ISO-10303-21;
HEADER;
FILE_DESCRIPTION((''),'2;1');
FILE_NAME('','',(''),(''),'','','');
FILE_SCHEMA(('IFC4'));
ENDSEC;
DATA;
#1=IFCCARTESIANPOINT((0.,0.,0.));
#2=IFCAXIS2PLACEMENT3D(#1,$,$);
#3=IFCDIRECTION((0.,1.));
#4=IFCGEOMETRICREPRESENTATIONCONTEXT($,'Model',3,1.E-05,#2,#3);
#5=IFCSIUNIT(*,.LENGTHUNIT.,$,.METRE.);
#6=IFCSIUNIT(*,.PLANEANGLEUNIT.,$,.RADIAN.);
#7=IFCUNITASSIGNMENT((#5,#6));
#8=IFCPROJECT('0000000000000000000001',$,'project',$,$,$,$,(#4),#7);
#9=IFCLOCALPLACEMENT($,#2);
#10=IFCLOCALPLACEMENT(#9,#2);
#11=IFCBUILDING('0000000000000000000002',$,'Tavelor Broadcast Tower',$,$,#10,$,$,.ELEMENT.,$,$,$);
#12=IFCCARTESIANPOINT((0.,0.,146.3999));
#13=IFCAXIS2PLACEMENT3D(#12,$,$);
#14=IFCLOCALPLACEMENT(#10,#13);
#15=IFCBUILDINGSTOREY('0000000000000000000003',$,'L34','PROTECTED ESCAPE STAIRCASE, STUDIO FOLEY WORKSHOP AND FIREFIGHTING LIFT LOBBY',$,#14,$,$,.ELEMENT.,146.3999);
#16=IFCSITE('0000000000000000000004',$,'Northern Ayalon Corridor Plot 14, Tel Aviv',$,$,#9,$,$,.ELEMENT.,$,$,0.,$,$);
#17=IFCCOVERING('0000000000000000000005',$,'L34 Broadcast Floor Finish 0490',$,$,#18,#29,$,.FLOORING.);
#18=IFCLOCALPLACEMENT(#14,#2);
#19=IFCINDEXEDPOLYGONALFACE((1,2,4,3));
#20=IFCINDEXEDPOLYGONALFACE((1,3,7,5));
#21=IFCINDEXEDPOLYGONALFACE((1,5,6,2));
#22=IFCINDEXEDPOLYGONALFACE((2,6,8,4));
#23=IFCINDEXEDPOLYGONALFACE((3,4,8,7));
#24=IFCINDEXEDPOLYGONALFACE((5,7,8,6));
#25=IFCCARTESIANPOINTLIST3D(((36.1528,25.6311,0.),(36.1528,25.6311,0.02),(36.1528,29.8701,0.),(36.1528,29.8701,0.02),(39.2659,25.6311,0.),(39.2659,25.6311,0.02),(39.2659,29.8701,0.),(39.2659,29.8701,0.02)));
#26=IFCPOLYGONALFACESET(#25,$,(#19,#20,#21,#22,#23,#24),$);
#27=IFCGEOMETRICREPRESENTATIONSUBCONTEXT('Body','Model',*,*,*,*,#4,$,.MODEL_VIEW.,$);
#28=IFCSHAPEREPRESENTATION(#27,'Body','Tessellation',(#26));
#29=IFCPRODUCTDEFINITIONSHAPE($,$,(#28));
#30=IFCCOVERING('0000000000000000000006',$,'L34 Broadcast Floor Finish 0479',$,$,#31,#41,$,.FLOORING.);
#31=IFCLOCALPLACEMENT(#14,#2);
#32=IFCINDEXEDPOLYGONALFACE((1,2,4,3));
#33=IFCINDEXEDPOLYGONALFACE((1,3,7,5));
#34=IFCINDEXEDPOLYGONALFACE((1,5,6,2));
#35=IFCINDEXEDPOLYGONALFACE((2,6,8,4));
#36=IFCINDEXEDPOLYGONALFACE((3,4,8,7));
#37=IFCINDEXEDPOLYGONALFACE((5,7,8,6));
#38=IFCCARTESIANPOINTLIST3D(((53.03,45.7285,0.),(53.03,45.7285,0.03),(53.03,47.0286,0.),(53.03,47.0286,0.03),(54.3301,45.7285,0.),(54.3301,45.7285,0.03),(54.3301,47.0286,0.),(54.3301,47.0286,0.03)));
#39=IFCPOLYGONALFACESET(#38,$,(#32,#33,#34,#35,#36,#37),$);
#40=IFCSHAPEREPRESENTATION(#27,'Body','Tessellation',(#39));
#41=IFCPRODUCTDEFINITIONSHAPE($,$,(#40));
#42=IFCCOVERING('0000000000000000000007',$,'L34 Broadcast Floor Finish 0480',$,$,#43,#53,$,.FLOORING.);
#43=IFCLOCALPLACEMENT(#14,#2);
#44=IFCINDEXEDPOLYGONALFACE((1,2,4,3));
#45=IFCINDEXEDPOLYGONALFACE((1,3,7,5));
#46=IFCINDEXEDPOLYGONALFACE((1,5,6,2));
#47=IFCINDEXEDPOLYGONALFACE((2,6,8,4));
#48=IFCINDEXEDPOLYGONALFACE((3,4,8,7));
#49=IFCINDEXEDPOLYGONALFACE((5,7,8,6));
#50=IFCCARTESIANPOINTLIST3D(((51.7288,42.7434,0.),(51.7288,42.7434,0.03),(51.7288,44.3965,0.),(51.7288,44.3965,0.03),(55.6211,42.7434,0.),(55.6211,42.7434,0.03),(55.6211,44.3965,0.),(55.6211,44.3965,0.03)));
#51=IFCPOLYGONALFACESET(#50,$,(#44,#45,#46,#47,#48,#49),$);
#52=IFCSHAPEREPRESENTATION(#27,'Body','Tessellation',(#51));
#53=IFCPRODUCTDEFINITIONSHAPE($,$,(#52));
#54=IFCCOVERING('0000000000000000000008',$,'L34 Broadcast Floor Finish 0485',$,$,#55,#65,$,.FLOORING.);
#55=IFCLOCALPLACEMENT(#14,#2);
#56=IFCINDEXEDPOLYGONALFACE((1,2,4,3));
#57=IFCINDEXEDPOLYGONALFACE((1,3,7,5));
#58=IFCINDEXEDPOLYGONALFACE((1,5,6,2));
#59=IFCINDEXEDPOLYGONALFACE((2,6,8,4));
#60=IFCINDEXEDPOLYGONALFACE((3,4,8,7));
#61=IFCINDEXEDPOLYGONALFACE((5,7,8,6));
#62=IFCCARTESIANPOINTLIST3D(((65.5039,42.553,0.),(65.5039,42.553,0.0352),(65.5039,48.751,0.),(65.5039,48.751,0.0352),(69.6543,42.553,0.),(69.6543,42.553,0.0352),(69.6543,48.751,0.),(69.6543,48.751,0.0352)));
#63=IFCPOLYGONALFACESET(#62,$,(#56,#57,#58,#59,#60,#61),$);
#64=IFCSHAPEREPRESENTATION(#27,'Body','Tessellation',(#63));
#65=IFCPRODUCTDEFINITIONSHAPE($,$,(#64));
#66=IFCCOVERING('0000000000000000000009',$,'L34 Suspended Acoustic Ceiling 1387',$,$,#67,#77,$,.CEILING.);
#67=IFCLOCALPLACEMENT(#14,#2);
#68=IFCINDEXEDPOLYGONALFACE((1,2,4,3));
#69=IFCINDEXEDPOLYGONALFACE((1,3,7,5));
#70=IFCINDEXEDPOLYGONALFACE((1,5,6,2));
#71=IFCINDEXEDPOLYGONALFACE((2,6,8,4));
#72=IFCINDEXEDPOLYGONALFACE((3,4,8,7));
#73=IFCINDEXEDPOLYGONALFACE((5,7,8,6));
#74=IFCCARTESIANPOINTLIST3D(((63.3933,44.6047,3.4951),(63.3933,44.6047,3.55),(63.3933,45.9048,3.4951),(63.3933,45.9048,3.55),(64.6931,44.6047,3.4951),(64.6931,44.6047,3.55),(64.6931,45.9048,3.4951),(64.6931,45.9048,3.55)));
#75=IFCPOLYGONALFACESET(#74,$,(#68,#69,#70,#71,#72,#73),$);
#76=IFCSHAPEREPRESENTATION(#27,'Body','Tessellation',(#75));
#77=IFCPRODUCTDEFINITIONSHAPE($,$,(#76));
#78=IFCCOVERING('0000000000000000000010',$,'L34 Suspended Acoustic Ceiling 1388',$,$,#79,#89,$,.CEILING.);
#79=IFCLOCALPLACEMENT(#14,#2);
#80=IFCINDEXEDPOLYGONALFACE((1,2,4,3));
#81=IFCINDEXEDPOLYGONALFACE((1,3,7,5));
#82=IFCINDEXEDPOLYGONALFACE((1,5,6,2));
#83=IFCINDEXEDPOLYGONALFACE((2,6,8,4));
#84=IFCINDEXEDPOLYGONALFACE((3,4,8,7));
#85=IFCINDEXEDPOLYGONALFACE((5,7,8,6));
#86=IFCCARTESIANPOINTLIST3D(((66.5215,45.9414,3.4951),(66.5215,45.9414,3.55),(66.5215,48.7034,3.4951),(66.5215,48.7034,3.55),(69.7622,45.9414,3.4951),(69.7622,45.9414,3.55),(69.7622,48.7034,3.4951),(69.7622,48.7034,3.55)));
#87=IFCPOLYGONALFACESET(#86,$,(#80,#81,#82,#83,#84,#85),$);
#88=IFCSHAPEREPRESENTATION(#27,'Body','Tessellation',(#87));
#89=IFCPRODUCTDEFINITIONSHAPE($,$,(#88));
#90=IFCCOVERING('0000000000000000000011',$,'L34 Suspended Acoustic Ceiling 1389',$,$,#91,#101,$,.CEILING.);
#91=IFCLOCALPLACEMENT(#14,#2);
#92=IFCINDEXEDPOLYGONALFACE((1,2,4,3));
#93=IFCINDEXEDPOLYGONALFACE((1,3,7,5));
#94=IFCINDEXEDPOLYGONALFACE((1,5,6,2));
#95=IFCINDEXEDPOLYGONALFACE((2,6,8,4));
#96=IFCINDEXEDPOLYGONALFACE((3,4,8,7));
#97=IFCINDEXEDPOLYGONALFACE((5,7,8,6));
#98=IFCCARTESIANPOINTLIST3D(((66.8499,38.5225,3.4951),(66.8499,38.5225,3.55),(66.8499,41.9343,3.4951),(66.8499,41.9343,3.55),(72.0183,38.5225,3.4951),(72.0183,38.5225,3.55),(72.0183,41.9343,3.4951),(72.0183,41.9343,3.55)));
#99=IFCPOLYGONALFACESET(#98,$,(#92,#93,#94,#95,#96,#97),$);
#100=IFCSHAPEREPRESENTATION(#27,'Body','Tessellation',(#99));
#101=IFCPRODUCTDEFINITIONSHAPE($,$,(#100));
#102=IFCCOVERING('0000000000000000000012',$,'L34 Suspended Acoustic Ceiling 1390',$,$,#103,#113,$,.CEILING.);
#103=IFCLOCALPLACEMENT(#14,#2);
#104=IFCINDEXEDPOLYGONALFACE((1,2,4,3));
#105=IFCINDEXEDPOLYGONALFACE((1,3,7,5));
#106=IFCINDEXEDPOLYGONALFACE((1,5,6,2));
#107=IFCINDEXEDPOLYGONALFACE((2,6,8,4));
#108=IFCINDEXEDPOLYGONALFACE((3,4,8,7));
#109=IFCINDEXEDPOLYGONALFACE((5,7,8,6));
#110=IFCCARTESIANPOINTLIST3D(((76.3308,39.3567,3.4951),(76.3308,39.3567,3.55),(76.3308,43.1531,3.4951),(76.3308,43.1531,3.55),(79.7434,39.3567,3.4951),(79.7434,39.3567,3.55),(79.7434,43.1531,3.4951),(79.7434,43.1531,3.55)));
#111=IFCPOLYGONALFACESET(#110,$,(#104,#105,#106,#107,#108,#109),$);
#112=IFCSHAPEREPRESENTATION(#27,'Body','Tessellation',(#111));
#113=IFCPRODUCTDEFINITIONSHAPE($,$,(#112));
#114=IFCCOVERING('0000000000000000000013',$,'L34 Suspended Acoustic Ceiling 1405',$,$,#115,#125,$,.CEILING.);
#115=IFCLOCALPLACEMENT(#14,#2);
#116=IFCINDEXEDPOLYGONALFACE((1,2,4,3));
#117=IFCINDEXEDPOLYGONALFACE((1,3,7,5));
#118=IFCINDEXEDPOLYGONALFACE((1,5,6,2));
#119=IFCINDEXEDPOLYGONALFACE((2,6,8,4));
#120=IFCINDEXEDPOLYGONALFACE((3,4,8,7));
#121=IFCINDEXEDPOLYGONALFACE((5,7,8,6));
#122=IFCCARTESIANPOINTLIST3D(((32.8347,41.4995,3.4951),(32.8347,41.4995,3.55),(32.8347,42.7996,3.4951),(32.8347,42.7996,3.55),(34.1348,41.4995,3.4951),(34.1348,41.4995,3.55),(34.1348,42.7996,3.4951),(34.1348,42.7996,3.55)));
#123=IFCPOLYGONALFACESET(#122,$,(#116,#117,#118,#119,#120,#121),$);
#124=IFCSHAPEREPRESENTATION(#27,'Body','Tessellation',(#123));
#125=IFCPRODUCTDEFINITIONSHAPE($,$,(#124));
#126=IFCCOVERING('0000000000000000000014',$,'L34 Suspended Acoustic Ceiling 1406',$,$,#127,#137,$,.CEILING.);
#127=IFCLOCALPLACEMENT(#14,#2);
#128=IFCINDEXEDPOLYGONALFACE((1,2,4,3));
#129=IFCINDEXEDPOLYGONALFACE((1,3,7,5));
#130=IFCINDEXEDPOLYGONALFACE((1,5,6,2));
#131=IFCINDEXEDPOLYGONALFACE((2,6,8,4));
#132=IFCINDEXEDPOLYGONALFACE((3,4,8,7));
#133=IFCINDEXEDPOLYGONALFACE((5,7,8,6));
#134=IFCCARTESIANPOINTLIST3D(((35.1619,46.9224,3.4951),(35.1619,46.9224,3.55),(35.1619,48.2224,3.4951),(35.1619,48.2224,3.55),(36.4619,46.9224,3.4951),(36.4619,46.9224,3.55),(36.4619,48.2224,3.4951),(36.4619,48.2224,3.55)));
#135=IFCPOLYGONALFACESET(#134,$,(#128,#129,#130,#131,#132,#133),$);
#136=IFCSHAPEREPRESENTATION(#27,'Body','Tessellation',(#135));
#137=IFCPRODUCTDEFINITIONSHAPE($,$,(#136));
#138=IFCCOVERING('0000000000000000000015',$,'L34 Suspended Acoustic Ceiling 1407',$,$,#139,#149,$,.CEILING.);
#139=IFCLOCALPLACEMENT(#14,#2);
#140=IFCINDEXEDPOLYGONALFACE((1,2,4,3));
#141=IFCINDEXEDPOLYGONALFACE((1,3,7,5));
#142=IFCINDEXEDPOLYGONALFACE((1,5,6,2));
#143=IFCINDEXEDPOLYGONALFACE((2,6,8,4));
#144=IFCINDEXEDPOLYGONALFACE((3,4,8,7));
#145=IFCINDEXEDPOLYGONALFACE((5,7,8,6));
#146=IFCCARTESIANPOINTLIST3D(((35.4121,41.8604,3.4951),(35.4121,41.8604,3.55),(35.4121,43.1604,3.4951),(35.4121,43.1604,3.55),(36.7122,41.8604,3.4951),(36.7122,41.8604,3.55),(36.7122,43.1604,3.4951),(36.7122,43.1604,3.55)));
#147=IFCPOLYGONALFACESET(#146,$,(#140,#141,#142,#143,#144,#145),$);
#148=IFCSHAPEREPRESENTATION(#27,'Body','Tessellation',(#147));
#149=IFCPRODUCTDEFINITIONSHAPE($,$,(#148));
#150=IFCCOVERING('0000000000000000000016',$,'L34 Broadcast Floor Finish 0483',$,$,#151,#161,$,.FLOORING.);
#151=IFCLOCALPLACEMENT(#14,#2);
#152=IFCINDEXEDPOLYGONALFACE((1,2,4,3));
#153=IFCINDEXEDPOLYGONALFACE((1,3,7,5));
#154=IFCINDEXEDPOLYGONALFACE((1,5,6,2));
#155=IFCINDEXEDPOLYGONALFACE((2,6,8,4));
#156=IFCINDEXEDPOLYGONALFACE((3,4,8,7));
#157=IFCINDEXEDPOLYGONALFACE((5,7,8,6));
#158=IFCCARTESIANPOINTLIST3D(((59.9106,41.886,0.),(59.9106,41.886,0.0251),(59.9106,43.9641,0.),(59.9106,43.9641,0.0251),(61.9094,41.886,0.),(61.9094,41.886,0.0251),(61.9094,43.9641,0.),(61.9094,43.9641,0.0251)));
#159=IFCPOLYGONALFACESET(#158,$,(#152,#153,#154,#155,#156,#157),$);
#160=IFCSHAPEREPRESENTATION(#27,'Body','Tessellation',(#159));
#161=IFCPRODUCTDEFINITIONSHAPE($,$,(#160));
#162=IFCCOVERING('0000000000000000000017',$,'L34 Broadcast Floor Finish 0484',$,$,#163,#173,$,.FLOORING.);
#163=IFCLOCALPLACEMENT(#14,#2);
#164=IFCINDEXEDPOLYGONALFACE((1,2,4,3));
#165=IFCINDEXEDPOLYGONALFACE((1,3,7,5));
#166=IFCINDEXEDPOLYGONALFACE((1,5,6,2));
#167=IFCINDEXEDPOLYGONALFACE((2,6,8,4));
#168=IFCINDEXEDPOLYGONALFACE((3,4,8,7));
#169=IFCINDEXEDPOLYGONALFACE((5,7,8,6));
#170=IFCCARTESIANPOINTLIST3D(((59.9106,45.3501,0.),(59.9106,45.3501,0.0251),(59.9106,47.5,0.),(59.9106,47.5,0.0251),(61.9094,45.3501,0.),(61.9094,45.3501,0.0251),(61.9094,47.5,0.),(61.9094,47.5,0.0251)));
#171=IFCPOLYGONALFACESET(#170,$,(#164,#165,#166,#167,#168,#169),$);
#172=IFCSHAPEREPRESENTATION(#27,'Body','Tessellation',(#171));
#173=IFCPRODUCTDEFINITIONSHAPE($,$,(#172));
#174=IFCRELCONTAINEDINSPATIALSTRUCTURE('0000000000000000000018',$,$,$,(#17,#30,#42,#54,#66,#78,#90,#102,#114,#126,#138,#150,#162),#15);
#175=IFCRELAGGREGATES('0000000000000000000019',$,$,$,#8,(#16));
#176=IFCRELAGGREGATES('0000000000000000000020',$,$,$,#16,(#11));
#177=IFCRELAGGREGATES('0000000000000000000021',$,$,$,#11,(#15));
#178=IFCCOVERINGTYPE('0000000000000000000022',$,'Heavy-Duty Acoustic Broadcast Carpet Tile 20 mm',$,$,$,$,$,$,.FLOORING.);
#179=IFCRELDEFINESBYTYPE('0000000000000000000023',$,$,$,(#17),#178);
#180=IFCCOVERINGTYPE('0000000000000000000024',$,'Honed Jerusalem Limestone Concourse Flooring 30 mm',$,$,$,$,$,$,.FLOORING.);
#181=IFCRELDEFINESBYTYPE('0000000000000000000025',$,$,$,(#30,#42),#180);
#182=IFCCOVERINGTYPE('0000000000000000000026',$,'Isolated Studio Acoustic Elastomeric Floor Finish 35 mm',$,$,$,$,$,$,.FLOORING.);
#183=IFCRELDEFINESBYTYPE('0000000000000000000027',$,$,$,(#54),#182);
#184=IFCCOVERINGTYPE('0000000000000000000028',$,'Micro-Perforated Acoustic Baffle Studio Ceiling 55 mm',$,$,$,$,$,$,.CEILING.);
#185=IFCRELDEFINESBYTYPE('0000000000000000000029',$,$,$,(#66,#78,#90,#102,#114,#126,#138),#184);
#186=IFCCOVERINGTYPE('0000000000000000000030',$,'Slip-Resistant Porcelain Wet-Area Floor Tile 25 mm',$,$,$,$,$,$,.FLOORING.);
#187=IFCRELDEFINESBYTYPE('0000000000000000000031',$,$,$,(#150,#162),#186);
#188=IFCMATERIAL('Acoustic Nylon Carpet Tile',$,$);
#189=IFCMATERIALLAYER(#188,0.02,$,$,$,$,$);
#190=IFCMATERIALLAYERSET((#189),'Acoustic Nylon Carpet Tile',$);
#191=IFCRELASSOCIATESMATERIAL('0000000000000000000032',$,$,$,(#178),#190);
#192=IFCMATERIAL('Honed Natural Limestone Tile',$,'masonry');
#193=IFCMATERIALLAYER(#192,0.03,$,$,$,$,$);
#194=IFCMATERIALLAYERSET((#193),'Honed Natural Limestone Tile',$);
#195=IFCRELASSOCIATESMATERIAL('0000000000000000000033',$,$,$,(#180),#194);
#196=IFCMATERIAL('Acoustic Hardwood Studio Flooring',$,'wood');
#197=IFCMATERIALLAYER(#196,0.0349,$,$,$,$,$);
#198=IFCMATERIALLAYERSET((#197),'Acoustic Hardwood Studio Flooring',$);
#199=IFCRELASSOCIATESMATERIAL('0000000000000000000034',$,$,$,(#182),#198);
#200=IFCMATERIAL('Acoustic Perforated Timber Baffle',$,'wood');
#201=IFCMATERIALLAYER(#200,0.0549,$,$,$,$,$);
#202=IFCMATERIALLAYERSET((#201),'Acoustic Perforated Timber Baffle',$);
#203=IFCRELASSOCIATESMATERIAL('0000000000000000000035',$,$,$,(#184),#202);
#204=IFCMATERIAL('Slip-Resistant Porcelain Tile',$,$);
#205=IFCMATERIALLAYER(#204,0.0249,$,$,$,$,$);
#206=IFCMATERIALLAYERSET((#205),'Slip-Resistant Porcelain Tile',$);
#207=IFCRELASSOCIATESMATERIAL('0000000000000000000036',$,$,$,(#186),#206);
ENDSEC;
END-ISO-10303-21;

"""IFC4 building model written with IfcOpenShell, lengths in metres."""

from ifc_helpers import new_model, si_unit, direction, frame, origin, place, context, subcontext, project, spatial, polyline, outline, extrude, material, layer, layer_set, type_object, element, save


model = new_model("IFC4")

# Units and contexts
model_context = context("Model", 3, precision=1e-05, world=origin(), true_north=direction((0.0, 1.0)))
body_context = subcontext(model_context, "Body", "Model", "MODEL_VIEW")
ifc_project = project(units=[si_unit("LENGTHUNIT", "METRE"), si_unit("PLANEANGLEUNIT", "RADIAN")], contexts=[model_context])

# Site, building, storey
site_placement = place(None, origin())
site = spatial("IfcSite", under=ifc_project, at=site_placement, Name="Northern Ayalon Corridor Plot 14, Tel Aviv", CompositionType="ELEMENT", RefElevation=0.0)
building_placement = place(site_placement, origin())
building = spatial("IfcBuilding", under=site, at=building_placement, Name="Tavelor Broadcast Tower", CompositionType="ELEMENT")
storey_placement = place(building_placement, frame((0.0, 0.0, 146.3999)))
storey = spatial("IfcBuildingStorey", under=building, at=storey_placement, Name="L34", Description="PROTECTED ESCAPE STAIRCASE, STUDIO FOLEY WORKSHOP AND FIREFIGHTING LIFT LOBBY", CompositionType="ELEMENT", Elevation=146.3999)

# Coverings
ifc_material_1 = material(Name="Acoustic Nylon Carpet Tile")
ifc_layer_1 = layer(ifc_material_1, 0.02)
ifc_layer_set_1 = layer_set([ifc_layer_1], Name="Acoustic Nylon Carpet Tile")
covering_type_1 = type_object("IfcCoveringType", Name="Heavy-Duty Acoustic Broadcast Carpet Tile 20 mm", PredefinedType="FLOORING", material=ifc_layer_set_1)
covering_1_placement = place(storey_placement, origin())
element("IfcCovering", 1, at=covering_1_placement, inside=storey, type_object=covering_type_1, Name="L34 Broadcast Floor Finish 0490", PredefinedType="FLOORING", context=body_context, shape_type="SweptSolid", body=[
    extrude(outline(polyline([(36.1528, 25.6311), (39.2659, 25.6311), (39.2659, 29.8701), (36.1528, 29.8701), (36.1528, 25.6311)])), origin(), (0.0, 0.0, 1.0), 0.02),
])
ifc_material_2 = material(Name="Honed Natural Limestone Tile", Category="masonry")
ifc_layer_2 = layer(ifc_material_2, 0.03)
ifc_layer_set_2 = layer_set([ifc_layer_2], Name="Honed Natural Limestone Tile")
covering_type_2 = type_object("IfcCoveringType", Name="Honed Jerusalem Limestone Concourse Flooring 30 mm", PredefinedType="FLOORING", material=ifc_layer_set_2)
covering_2_placement = place(storey_placement, origin())
element("IfcCovering", 2, at=covering_2_placement, inside=storey, type_object=covering_type_2, Name="L34 Broadcast Floor Finish 0479", PredefinedType="FLOORING", context=body_context, shape_type="SweptSolid", body=[
    extrude(outline(polyline([(53.03, 45.7285), (54.3301, 45.7285), (54.3301, 47.0286), (53.03, 47.0286), (53.03, 45.7285)])), origin(), (0.0, 0.0, 1.0), 0.03),
])
covering_3_placement = place(storey_placement, origin())
element("IfcCovering", 3, at=covering_3_placement, inside=storey, type_object=covering_type_2, Name="L34 Broadcast Floor Finish 0480", PredefinedType="FLOORING", context=body_context, shape_type="SweptSolid", body=[
    extrude(outline(polyline([(51.7288, 42.7434), (55.6211, 42.7434), (55.6211, 44.3965), (51.7288, 44.3965), (51.7288, 42.7434)])), origin(), (0.0, 0.0, 1.0), 0.03),
])
ifc_material_3 = material(Name="Acoustic Hardwood Studio Flooring", Category="wood")
ifc_layer_3 = layer(ifc_material_3, 0.0349)
ifc_layer_set_3 = layer_set([ifc_layer_3], Name="Acoustic Hardwood Studio Flooring")
covering_type_3 = type_object("IfcCoveringType", Name="Isolated Studio Acoustic Elastomeric Floor Finish 35 mm", PredefinedType="FLOORING", material=ifc_layer_set_3)
covering_4_placement = place(storey_placement, origin())
element("IfcCovering", 4, at=covering_4_placement, inside=storey, type_object=covering_type_3, Name="L34 Broadcast Floor Finish 0485", PredefinedType="FLOORING", context=body_context, shape_type="SweptSolid", body=[
    extrude(outline(polyline([(65.5039, 42.553), (69.6543, 42.553), (69.6543, 48.751), (65.5039, 48.751), (65.5039, 42.553)])), origin(), (0.0, 0.0, 1.0), 0.0352),
])
ifc_material_4 = material(Name="Acoustic Perforated Timber Baffle", Category="wood")
ifc_layer_4 = layer(ifc_material_4, 0.0549)
ifc_layer_set_4 = layer_set([ifc_layer_4], Name="Acoustic Perforated Timber Baffle")
covering_type_4 = type_object("IfcCoveringType", Name="Micro-Perforated Acoustic Baffle Studio Ceiling 55 mm", PredefinedType="CEILING", material=ifc_layer_set_4)
covering_5_placement = place(storey_placement, frame((0.0, 0.0, 3.4951)))
element("IfcCovering", 5, at=covering_5_placement, inside=storey, type_object=covering_type_4, Name="L34 Suspended Acoustic Ceiling 1387", PredefinedType="CEILING", context=body_context, shape_type="SweptSolid", body=[
    extrude(outline(polyline([(63.3933, 44.6047), (64.6931, 44.6047), (64.6931, 45.9048), (63.3933, 45.9048), (63.3933, 44.6047)])), origin(), (0.0, 0.0, 1.0), 0.0549),
])
covering_6_placement = place(storey_placement, frame((0.0, 0.0, 3.4951)))
element("IfcCovering", 6, at=covering_6_placement, inside=storey, type_object=covering_type_4, Name="L34 Suspended Acoustic Ceiling 1388", PredefinedType="CEILING", context=body_context, shape_type="SweptSolid", body=[
    extrude(outline(polyline([(66.5215, 45.9414), (69.7622, 45.9414), (69.7622, 48.7034), (66.5215, 48.7034), (66.5215, 45.9414)])), origin(), (0.0, 0.0, 1.0), 0.0549),
])
covering_7_placement = place(storey_placement, frame((0.0, 0.0, 3.4951)))
element("IfcCovering", 7, at=covering_7_placement, inside=storey, type_object=covering_type_4, Name="L34 Suspended Acoustic Ceiling 1389", PredefinedType="CEILING", context=body_context, shape_type="SweptSolid", body=[
    extrude(outline(polyline([(66.8499, 38.5225), (72.0183, 38.5225), (72.0183, 41.9343), (66.8499, 41.9343), (66.8499, 38.5225)])), origin(), (0.0, 0.0, 1.0), 0.0549),
])
covering_8_placement = place(storey_placement, frame((0.0, 0.0, 3.4951)))
element("IfcCovering", 8, at=covering_8_placement, inside=storey, type_object=covering_type_4, Name="L34 Suspended Acoustic Ceiling 1390", PredefinedType="CEILING", context=body_context, shape_type="SweptSolid", body=[
    extrude(outline(polyline([(76.3308, 39.3567), (79.7434, 39.3567), (79.7434, 43.1531), (76.3308, 43.1531), (76.3308, 39.3567)])), origin(), (0.0, 0.0, 1.0), 0.0549),
])
covering_9_placement = place(storey_placement, frame((0.0, 0.0, 3.4951)))
element("IfcCovering", 9, at=covering_9_placement, inside=storey, type_object=covering_type_4, Name="L34 Suspended Acoustic Ceiling 1405", PredefinedType="CEILING", context=body_context, shape_type="SweptSolid", body=[
    extrude(outline(polyline([(32.8347, 41.4995), (34.1348, 41.4995), (34.1348, 42.7996), (32.8347, 42.7996), (32.8347, 41.4995)])), origin(), (0.0, 0.0, 1.0), 0.0549),
])
covering_10_placement = place(storey_placement, frame((0.0, 0.0, 3.4951)))
element("IfcCovering", 10, at=covering_10_placement, inside=storey, type_object=covering_type_4, Name="L34 Suspended Acoustic Ceiling 1406", PredefinedType="CEILING", context=body_context, shape_type="SweptSolid", body=[
    extrude(outline(polyline([(35.1619, 46.9224), (36.4619, 46.9224), (36.4619, 48.2224), (35.1619, 48.2224), (35.1619, 46.9224)])), origin(), (0.0, 0.0, 1.0), 0.0549),
])
covering_11_placement = place(storey_placement, frame((0.0, 0.0, 3.4951)))
element("IfcCovering", 11, at=covering_11_placement, inside=storey, type_object=covering_type_4, Name="L34 Suspended Acoustic Ceiling 1407", PredefinedType="CEILING", context=body_context, shape_type="SweptSolid", body=[
    extrude(outline(polyline([(35.4121, 41.8604), (36.7122, 41.8604), (36.7122, 43.1604), (35.4121, 43.1604), (35.4121, 41.8604)])), origin(), (0.0, 0.0, 1.0), 0.0549),
])
ifc_material_5 = material(Name="Slip-Resistant Porcelain Tile")
ifc_layer_5 = layer(ifc_material_5, 0.0249)
ifc_layer_set_5 = layer_set([ifc_layer_5], Name="Slip-Resistant Porcelain Tile")
covering_type_5 = type_object("IfcCoveringType", Name="Slip-Resistant Porcelain Wet-Area Floor Tile 25 mm", PredefinedType="FLOORING", material=ifc_layer_set_5)
covering_12_placement = place(storey_placement, origin())
element("IfcCovering", 12, at=covering_12_placement, inside=storey, type_object=covering_type_5, Name="L34 Broadcast Floor Finish 0483", PredefinedType="FLOORING", context=body_context, shape_type="SweptSolid", body=[
    extrude(outline(polyline([(59.9106, 41.886), (61.9094, 41.886), (61.9094, 43.9641), (59.9106, 43.9641), (59.9106, 41.886)])), origin(), (0.0, 0.0, 1.0), 0.0251),
])
covering_13_placement = place(storey_placement, origin())
element("IfcCovering", 13, at=covering_13_placement, inside=storey, type_object=covering_type_5, Name="L34 Broadcast Floor Finish 0484", PredefinedType="FLOORING", context=body_context, shape_type="SweptSolid", body=[
    extrude(outline(polyline([(59.9106, 45.3501), (61.9094, 45.3501), (61.9094, 47.5), (59.9106, 47.5), (59.9106, 45.3501)])), origin(), (0.0, 0.0, 1.0), 0.0251),
])

save(model, "model.ifc")
